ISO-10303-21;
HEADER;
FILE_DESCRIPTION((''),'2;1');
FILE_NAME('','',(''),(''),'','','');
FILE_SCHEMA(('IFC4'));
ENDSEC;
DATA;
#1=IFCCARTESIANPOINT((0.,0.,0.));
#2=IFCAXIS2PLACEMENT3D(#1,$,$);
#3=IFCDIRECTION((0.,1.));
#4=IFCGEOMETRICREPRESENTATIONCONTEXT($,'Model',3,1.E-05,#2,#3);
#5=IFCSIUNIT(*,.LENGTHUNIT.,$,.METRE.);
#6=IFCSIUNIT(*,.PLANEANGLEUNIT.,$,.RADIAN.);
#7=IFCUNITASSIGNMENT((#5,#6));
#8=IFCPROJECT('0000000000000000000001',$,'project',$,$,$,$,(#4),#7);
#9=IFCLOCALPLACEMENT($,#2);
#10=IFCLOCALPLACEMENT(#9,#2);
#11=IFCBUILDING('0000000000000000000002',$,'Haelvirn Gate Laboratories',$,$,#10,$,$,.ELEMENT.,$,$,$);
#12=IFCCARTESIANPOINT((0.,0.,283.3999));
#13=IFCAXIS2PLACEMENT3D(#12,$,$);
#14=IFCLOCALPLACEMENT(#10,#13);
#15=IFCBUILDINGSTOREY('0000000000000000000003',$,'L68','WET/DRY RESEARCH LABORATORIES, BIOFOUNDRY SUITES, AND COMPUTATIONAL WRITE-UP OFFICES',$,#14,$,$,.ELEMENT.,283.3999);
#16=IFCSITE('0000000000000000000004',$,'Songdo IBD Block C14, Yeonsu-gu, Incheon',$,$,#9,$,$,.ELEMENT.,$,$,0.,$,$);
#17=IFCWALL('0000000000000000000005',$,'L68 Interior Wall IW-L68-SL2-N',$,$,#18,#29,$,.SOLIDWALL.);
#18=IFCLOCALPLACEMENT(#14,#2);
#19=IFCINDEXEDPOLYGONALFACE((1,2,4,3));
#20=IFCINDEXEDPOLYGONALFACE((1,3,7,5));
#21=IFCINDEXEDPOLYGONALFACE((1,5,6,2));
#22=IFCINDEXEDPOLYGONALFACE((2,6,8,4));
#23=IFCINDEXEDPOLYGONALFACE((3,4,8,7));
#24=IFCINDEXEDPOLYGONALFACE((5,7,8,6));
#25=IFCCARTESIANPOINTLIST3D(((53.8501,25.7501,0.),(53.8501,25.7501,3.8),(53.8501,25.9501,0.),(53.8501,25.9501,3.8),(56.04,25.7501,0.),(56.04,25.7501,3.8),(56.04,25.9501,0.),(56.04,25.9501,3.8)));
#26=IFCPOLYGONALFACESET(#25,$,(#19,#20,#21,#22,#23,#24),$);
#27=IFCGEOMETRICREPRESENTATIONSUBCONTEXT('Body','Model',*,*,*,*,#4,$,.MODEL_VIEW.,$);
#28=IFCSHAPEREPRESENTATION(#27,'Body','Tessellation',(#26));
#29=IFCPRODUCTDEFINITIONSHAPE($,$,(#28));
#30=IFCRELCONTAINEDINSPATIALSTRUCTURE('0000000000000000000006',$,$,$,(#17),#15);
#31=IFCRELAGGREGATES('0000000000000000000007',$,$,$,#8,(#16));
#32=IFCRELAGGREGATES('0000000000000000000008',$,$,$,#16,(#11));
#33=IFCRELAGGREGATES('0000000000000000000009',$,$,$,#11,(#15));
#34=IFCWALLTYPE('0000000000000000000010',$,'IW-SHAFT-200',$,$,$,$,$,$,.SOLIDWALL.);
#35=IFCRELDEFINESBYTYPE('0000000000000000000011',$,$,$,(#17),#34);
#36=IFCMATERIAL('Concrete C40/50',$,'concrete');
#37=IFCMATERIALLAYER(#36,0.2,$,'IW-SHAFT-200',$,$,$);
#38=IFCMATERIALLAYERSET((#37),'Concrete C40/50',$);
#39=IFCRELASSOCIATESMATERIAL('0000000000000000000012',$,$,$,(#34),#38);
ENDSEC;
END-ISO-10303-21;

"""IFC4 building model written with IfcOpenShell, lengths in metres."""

from ifc_helpers import new_model, si_unit, direction, frame, frame_2d, origin, place, context, subcontext, project, spatial, rectangle, extrude, material, layer, layer_set, type_object, element, save


model = new_model("IFC4")

# Units and contexts
model_context = context("Model", 3, precision=1e-05, world=origin(), true_north=direction((0.0, 1.0)))
body_context = subcontext(model_context, "Body", "Model", "MODEL_VIEW")
ifc_project = project(units=[si_unit("LENGTHUNIT", "METRE"), si_unit("PLANEANGLEUNIT", "RADIAN")], contexts=[model_context])

# Site, building, storey
site_placement = place(None, origin())
site = spatial("IfcSite", under=ifc_project, at=site_placement, Name="Songdo IBD Block C14, Yeonsu-gu, Incheon", CompositionType="ELEMENT", RefElevation=0.0)
building_placement = place(site_placement, origin())
building = spatial("IfcBuilding", under=site, at=building_placement, Name="Haelvirn Gate Laboratories", CompositionType="ELEMENT")
storey_placement = place(building_placement, frame((0.0, 0.0, 283.3999)))
storey = spatial("IfcBuildingStorey", under=building, at=storey_placement, Name="L68", Description="WET/DRY RESEARCH LABORATORIES, BIOFOUNDRY SUITES, AND COMPUTATIONAL WRITE-UP OFFICES", CompositionType="ELEMENT", Elevation=283.3999)

# Wall
ifc_material_1 = material(Name="Concrete C40/50", Category="concrete")
ifc_layer_1 = layer(ifc_material_1, 0.2, Name="IW-SHAFT-200")
ifc_layer_set_1 = layer_set([ifc_layer_1], Name="Concrete C40/50")
wall_type_1 = type_object("IfcWallType", Name="IW-SHAFT-200", PredefinedType="SOLIDWALL", material=ifc_layer_set_1)
wall_1_placement = place(storey_placement, frame((53.8501, 25.8501, 0.0), z_axis=(0.0, 0.0, 1.0), x_axis=(1.0, 0.0, 0.0)))
element("IfcWall", 1, at=wall_1_placement, inside=storey, type_object=wall_type_1, Name="L68 Interior Wall IW-L68-SL2-N", PredefinedType="SOLIDWALL", context=body_context, shape_type="SweptSolid", body=[
    extrude(rectangle(XDim=2.1899, YDim=0.2, at=frame_2d((1.095, 0.0))), origin(), (0.0, 0.0, 1.0), 3.8),
])

save(model, "model.ifc")
